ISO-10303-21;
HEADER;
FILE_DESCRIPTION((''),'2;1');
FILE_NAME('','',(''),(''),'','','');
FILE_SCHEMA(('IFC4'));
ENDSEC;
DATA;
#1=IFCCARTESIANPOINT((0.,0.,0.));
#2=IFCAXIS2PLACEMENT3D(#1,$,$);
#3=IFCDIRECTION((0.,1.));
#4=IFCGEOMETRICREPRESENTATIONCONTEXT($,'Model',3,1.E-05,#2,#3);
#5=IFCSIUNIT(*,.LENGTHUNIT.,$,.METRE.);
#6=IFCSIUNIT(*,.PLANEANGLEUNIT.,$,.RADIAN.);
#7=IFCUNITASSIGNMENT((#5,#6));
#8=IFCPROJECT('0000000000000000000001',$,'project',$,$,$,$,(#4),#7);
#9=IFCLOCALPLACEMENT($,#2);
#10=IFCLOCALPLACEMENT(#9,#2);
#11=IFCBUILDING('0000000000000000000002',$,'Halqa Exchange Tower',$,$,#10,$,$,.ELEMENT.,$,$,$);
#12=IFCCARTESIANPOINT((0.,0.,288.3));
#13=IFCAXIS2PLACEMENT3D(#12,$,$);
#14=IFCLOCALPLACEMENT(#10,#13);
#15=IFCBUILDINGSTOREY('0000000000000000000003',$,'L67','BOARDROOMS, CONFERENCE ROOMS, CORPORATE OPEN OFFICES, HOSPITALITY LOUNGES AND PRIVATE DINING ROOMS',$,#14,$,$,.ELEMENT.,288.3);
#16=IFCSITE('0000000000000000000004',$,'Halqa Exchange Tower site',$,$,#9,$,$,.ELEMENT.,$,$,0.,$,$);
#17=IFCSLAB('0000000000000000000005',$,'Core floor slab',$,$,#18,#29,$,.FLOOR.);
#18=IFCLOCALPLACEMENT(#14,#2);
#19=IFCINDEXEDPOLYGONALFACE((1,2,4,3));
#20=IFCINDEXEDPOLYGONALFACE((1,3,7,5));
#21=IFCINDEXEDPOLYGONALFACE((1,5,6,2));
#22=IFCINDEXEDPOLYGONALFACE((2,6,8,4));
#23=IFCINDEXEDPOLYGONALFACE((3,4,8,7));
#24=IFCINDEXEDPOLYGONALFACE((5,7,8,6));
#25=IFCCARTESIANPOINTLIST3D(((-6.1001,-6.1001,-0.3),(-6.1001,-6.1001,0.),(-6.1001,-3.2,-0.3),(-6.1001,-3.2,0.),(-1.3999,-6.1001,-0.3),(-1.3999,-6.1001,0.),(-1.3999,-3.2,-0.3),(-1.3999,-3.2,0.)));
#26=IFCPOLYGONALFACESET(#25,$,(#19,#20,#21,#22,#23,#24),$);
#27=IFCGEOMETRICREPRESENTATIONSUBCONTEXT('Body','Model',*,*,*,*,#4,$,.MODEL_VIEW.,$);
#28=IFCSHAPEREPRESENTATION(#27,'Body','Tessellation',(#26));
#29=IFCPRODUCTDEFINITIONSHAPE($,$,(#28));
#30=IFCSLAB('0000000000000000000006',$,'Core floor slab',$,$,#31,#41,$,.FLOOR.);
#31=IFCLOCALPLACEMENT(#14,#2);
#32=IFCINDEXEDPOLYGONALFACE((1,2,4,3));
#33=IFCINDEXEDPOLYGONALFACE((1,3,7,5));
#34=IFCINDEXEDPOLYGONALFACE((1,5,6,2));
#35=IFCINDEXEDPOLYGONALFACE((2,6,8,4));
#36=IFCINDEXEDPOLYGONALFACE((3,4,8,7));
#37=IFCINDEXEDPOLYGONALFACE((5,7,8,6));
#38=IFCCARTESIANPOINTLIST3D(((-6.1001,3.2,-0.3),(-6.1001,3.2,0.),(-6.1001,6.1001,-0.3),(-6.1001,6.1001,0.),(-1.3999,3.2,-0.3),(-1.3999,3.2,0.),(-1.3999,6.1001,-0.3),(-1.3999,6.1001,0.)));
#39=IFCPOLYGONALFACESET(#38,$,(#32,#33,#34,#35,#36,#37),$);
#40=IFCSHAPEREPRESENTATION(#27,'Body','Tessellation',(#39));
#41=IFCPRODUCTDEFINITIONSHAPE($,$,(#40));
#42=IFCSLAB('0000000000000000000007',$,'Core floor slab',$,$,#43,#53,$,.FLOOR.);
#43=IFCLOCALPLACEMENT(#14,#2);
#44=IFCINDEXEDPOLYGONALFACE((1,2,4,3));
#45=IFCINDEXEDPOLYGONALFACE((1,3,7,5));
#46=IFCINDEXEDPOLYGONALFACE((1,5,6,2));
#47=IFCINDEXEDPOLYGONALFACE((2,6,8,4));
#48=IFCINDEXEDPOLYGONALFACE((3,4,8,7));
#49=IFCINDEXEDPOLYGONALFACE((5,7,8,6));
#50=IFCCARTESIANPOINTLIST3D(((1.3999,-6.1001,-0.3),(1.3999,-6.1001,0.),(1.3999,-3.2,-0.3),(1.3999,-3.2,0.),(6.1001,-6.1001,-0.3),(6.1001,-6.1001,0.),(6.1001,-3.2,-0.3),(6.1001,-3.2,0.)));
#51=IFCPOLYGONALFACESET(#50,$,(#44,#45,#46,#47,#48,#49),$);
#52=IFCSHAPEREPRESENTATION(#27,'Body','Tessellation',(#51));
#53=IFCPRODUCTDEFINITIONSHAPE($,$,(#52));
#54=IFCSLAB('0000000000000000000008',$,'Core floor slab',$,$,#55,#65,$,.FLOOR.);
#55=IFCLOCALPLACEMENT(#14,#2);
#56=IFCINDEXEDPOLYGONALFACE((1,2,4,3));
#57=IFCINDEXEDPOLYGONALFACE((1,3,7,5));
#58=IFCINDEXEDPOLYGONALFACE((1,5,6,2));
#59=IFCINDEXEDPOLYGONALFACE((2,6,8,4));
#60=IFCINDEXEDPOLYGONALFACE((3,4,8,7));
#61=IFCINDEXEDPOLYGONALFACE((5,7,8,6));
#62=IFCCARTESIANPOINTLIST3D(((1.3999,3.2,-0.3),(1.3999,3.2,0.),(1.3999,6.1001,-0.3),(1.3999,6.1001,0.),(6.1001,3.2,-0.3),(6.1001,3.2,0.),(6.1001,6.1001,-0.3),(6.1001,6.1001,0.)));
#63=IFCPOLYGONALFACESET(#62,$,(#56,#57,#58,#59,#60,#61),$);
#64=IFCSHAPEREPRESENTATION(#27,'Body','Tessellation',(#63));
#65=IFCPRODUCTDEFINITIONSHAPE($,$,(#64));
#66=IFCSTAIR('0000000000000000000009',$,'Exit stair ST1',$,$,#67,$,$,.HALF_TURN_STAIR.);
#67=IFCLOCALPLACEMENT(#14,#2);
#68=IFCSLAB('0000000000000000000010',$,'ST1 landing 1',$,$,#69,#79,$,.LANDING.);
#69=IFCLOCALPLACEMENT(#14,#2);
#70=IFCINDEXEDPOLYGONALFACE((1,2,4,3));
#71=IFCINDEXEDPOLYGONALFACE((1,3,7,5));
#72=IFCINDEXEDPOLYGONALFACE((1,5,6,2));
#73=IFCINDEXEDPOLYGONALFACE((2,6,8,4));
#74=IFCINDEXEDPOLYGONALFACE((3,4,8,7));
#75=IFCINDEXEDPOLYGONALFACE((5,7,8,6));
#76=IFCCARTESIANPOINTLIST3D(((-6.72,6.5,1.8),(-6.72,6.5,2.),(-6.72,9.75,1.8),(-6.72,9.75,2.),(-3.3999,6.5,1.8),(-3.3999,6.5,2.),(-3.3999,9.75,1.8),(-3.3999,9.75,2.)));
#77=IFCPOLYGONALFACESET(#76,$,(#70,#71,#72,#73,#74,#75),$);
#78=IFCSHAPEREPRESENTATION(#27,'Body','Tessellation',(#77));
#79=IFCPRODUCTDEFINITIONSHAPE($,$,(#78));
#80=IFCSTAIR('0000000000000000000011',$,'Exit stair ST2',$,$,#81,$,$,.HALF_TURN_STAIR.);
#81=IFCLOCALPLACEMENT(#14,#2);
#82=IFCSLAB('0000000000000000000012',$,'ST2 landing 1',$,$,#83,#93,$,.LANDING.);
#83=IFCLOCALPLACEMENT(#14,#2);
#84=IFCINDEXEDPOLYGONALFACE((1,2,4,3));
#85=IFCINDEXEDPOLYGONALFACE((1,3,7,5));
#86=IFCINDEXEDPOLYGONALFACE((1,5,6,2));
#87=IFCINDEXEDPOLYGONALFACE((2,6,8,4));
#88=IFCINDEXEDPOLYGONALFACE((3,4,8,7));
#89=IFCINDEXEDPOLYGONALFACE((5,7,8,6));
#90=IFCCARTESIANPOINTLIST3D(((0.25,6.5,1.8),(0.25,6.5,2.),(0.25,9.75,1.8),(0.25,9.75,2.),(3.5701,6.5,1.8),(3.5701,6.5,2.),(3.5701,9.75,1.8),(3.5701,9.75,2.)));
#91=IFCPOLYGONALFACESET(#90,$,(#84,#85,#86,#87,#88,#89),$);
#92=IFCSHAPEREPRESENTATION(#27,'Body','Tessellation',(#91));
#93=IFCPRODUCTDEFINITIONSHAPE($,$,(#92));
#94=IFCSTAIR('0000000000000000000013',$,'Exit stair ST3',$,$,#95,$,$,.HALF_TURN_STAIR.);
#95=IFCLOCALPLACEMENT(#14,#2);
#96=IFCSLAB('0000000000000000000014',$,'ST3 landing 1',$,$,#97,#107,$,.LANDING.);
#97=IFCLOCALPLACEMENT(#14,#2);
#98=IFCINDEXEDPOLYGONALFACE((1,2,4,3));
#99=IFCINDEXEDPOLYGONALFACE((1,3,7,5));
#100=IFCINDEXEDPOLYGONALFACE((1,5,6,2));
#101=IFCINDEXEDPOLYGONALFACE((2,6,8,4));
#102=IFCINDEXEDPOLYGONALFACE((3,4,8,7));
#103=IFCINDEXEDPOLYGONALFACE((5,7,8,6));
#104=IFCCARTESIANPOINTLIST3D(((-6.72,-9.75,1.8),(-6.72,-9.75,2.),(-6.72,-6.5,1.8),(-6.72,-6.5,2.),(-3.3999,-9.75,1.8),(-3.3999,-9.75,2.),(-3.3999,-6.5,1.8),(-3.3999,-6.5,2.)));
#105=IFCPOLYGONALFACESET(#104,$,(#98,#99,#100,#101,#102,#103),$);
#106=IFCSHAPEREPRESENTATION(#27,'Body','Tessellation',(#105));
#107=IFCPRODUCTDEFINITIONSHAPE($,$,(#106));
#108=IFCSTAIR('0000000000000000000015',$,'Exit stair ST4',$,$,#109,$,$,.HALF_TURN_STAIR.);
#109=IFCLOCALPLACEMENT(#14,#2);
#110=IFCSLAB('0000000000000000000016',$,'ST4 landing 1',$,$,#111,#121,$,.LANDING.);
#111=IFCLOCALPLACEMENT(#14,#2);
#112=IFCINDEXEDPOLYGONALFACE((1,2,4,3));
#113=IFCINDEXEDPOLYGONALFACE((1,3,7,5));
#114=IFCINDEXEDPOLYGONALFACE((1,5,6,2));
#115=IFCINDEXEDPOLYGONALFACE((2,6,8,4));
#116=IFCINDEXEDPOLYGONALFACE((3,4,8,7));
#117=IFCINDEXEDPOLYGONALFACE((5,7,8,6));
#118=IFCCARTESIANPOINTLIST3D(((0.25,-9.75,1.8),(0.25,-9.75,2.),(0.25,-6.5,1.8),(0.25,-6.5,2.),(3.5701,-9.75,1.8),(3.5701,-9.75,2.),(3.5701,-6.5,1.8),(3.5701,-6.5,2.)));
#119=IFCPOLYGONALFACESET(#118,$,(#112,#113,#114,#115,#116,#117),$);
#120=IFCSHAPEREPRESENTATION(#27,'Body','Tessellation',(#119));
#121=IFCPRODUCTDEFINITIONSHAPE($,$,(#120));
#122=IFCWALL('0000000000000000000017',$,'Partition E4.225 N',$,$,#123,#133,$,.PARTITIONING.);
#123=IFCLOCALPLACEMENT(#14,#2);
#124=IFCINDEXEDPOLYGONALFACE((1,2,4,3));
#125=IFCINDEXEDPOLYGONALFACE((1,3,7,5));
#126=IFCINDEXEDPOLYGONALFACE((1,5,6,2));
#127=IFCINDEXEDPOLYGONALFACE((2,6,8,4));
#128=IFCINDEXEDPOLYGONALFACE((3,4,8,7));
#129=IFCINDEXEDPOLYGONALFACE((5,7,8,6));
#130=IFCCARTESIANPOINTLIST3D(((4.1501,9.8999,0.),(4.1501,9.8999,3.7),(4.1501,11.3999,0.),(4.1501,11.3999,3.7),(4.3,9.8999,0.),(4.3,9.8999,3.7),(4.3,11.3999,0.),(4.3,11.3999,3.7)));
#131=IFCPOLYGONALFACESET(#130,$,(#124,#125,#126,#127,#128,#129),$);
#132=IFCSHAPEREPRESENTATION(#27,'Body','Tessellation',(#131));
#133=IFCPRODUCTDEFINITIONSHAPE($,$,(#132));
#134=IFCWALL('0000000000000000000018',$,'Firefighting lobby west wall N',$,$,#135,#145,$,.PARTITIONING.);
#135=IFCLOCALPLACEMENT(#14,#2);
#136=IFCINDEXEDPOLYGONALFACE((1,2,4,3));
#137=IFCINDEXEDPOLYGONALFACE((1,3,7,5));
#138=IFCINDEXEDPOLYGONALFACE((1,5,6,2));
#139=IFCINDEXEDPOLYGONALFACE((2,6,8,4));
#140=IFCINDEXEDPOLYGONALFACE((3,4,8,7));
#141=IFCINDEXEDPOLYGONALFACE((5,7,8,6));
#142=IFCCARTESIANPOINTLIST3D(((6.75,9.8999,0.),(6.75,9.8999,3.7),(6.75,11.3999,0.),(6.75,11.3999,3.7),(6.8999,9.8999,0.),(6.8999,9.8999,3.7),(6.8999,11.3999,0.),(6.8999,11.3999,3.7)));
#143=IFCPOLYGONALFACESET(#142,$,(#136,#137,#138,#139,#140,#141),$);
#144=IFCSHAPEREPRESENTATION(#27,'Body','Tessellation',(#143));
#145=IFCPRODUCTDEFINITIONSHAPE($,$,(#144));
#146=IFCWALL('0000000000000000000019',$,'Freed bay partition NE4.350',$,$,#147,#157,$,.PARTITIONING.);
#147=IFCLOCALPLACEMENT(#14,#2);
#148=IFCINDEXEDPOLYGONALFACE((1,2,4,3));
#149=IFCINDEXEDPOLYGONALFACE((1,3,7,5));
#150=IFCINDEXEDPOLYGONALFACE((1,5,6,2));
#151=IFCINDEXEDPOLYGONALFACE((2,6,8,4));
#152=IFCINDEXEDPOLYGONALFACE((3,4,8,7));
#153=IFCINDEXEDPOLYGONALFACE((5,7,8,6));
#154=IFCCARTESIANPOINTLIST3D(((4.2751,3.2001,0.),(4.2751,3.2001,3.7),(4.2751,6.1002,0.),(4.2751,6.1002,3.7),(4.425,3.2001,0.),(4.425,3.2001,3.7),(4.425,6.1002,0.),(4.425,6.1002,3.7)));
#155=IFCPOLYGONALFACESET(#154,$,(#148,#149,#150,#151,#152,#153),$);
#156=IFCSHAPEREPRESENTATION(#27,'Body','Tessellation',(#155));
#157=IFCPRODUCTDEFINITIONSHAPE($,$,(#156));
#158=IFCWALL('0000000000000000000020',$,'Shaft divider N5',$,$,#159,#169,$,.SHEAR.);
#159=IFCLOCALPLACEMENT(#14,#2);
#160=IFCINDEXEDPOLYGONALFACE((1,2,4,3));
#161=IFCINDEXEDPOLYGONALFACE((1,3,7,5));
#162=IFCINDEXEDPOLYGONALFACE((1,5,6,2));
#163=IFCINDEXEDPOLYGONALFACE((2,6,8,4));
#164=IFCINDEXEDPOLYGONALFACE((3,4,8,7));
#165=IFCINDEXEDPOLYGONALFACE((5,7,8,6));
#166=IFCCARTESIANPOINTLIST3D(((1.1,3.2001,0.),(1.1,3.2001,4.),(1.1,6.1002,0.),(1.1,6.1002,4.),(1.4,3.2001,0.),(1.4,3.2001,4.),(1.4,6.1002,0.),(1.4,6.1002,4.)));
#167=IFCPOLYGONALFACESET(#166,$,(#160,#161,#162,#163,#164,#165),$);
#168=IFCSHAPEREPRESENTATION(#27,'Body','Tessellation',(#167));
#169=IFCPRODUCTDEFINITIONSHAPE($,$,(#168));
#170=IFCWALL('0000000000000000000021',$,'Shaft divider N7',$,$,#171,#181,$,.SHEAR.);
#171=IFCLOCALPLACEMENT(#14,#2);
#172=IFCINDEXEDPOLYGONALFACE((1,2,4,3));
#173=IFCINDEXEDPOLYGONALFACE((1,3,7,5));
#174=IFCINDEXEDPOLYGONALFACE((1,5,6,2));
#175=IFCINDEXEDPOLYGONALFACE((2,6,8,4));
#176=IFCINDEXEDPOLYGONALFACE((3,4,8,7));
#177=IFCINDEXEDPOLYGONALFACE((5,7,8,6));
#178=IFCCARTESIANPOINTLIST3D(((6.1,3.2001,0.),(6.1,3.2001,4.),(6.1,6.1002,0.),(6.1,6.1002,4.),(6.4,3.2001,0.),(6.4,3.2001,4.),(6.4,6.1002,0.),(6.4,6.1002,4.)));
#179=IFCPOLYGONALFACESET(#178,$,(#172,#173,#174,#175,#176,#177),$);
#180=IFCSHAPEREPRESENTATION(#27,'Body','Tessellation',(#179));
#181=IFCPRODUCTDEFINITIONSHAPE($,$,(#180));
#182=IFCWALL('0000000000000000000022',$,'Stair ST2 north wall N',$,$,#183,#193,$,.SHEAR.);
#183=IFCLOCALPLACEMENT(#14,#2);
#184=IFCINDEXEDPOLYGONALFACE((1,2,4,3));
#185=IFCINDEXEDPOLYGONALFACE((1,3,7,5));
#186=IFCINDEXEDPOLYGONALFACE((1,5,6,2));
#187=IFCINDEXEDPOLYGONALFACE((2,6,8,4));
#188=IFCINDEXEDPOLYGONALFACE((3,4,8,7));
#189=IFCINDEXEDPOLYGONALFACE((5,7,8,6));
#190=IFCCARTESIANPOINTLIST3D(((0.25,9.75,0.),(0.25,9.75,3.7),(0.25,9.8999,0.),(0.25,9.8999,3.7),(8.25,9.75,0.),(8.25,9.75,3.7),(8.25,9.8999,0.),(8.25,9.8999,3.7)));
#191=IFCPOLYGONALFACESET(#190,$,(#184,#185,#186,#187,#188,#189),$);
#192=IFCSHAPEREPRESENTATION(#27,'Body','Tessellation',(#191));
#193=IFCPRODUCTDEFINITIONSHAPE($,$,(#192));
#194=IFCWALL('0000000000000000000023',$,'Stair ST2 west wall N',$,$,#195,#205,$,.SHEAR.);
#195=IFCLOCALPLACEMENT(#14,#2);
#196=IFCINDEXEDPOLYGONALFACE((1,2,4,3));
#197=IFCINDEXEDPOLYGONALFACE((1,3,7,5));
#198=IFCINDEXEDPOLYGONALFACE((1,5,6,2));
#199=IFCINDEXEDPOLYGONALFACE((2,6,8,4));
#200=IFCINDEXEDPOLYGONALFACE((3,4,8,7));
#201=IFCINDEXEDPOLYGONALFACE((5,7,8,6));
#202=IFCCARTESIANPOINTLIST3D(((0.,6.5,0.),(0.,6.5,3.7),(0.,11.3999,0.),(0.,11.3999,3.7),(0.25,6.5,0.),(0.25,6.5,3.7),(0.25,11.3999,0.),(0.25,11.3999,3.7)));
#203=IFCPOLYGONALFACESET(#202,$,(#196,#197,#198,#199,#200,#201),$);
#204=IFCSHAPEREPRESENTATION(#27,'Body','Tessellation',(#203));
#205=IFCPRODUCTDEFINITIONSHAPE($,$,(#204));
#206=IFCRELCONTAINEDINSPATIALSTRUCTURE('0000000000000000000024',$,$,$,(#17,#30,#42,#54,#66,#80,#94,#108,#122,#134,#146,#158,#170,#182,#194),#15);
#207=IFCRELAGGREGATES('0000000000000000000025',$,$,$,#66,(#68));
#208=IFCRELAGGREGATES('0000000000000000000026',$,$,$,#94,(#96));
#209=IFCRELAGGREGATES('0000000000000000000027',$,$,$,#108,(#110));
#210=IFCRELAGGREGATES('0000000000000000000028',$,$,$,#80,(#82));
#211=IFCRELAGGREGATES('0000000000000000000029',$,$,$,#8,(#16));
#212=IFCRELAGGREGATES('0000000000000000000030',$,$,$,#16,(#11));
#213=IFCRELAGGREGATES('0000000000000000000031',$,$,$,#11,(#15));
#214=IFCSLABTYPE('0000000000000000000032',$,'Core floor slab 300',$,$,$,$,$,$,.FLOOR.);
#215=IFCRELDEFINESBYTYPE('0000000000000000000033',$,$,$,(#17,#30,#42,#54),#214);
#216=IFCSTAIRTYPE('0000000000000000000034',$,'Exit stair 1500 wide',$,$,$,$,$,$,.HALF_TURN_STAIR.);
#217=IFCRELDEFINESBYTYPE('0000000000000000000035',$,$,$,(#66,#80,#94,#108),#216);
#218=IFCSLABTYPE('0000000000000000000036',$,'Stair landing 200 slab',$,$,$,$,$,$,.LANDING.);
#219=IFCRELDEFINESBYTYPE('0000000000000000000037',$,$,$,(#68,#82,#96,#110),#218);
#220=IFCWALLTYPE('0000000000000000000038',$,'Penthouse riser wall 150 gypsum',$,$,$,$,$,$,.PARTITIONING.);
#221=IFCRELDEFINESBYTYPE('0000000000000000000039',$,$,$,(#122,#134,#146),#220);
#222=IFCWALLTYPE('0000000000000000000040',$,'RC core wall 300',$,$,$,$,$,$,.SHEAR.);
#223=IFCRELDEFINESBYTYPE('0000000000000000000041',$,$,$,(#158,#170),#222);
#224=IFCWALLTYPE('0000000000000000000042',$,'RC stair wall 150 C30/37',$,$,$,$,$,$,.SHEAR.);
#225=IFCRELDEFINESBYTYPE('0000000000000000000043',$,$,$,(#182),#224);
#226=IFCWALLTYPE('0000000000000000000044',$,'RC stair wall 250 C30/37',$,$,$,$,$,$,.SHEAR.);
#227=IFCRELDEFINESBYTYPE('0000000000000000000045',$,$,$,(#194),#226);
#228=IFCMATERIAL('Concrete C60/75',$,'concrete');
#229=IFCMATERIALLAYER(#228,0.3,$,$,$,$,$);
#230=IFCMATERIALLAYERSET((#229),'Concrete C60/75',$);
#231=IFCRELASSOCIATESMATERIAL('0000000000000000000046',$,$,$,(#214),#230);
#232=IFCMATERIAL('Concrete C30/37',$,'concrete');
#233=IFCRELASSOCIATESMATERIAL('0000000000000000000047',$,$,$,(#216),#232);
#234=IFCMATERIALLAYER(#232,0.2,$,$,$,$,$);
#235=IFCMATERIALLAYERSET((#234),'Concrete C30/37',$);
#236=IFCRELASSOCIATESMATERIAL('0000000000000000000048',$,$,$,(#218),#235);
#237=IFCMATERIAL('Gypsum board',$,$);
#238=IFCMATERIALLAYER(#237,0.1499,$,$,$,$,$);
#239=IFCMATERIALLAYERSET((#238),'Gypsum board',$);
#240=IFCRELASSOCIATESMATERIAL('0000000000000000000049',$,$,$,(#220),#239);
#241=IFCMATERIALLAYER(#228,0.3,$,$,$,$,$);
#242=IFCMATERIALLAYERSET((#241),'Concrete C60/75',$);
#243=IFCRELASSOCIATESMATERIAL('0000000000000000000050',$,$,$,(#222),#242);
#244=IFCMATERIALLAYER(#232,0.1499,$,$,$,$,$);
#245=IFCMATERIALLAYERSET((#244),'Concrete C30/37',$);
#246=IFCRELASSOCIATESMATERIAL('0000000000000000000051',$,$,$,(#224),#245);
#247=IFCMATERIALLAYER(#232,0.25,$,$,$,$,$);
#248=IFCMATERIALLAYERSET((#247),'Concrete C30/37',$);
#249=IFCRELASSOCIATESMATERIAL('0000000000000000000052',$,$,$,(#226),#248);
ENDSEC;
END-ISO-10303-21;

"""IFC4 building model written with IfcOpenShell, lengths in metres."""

from ifc_helpers import new_model, si_unit, direction, frame, frame_2d, origin, place, context, subcontext, project, spatial, polyline, rectangle, outline, extrude, material, layer, layer_set, type_object, element, aggregate, save


model = new_model("IFC4")

# Units and contexts
model_context = context("Model", 3, precision=1e-05, world=origin(), true_north=direction((0.0, 1.0)))
body_context = subcontext(model_context, "Body", "Model", "MODEL_VIEW")
ifc_project = project(units=[si_unit("LENGTHUNIT", "METRE"), si_unit("PLANEANGLEUNIT", "RADIAN")], contexts=[model_context])

# Site, building, storey
site_placement = place(None, origin())
site = spatial("IfcSite", under=ifc_project, at=site_placement, Name="Halqa Exchange Tower site", CompositionType="ELEMENT", RefElevation=0.0)
building_placement = place(site_placement, origin())
building = spatial("IfcBuilding", under=site, at=building_placement, Name="Halqa Exchange Tower", CompositionType="ELEMENT")
storey_placement = place(building_placement, frame((0.0, 0.0, 288.3)))
storey = spatial("IfcBuildingStorey", under=building, at=storey_placement, Name="L67", Description="BOARDROOMS, CONFERENCE ROOMS, CORPORATE OPEN OFFICES, HOSPITALITY LOUNGES AND PRIVATE DINING ROOMS", CompositionType="ELEMENT", Elevation=288.3)

# Shared definitions
ifc_material_1 = material(Name="Concrete C60/75", Category="concrete")

# Slabs
ifc_layer_1 = layer(ifc_material_1, 0.3)
ifc_layer_set_1 = layer_set([ifc_layer_1], Name="Concrete C60/75")
slab_type_1 = type_object("IfcSlabType", Name="Core floor slab 300", PredefinedType="FLOOR", material=ifc_layer_set_1)
slab_1_placement = place(storey_placement, frame((0.0, 0.0, -0.3)))
element("IfcSlab", 1, at=slab_1_placement, inside=storey, type_object=slab_type_1, Name="Core floor slab", PredefinedType="FLOOR", context=body_context, shape_type="SweptSolid", body=[
    extrude(outline(polyline([(-1.3999, -3.2), (-1.3999, -6.1001), (-6.1001, -6.1001), (-6.1001, -3.2), (-1.3999, -3.2)])), origin(), (0.0, 0.0, 1.0), 0.3),
])
slab_2_placement = place(storey_placement, frame((0.0, 0.0, -0.3)))
element("IfcSlab", 2, at=slab_2_placement, inside=storey, type_object=slab_type_1, Name="Core floor slab", PredefinedType="FLOOR", context=body_context, shape_type="SweptSolid", body=[
    extrude(outline(polyline([(-1.3999, 3.2), (-6.1001, 3.2), (-6.1001, 6.1001), (-1.3999, 6.1001), (-1.3999, 3.2)])), origin(), (0.0, 0.0, 1.0), 0.3),
])
slab_3_placement = place(storey_placement, frame((0.0, 0.0, -0.3)))
element("IfcSlab", 3, at=slab_3_placement, inside=storey, type_object=slab_type_1, Name="Core floor slab", PredefinedType="FLOOR", context=body_context, shape_type="SweptSolid", body=[
    extrude(outline(polyline([(6.1001, -3.2), (6.1001, -6.1001), (1.3999, -6.1001), (1.3999, -3.2), (6.1001, -3.2)])), origin(), (0.0, 0.0, 1.0), 0.3),
])
slab_4_placement = place(storey_placement, frame((0.0, 0.0, -0.3)))
element("IfcSlab", 4, at=slab_4_placement, inside=storey, type_object=slab_type_1, Name="Core floor slab", PredefinedType="FLOOR", context=body_context, shape_type="SweptSolid", body=[
    extrude(outline(polyline([(6.1001, 6.1001), (6.1001, 3.2), (1.3999, 3.2), (1.3999, 6.1001), (6.1001, 6.1001)])), origin(), (0.0, 0.0, 1.0), 0.3),
])

# Stairs, slabs
ifc_material_2 = material(Name="Concrete C30/37", Category="concrete")
stair_type = type_object("IfcStairType", Name="Exit stair 1500 wide", PredefinedType="HALF_TURN_STAIR", material=ifc_material_2)
stair_1_placement = place(storey_placement, origin())
stair_1 = element("IfcStair", 5, at=stair_1_placement, inside=storey, type_object=stair_type, Name="Exit stair ST1", PredefinedType="HALF_TURN_STAIR")
ifc_layer_2 = layer(ifc_material_2, 0.2)
ifc_layer_set_2 = layer_set([ifc_layer_2], Name="Concrete C30/37")
slab_type_2 = type_object("IfcSlabType", Name="Stair landing 200 slab", PredefinedType="LANDING", material=ifc_layer_set_2)
slab_5_placement = place(storey_placement, frame((0.0, 0.0, 1.8)))
slab_5 = element("IfcSlab", 6, at=slab_5_placement, type_object=slab_type_2, Name="ST1 landing 1", PredefinedType="LANDING", context=body_context, shape_type="SweptSolid", body=[
    extrude(outline(polyline([(-6.72, 6.5), (-3.3999, 6.5), (-3.3999, 9.75), (-6.72, 9.75), (-6.72, 6.5)])), origin(), (0.0, 0.0, 1.0), 0.2),
])
aggregate(stair_1, [slab_5])
stair_2_placement = place(storey_placement, origin())
stair_2 = element("IfcStair", 7, at=stair_2_placement, inside=storey, type_object=stair_type, Name="Exit stair ST2", PredefinedType="HALF_TURN_STAIR")
slab_6_placement = place(storey_placement, frame((0.0, 0.0, 1.8)))
slab_6 = element("IfcSlab", 8, at=slab_6_placement, type_object=slab_type_2, Name="ST2 landing 1", PredefinedType="LANDING", context=body_context, shape_type="SweptSolid", body=[
    extrude(outline(polyline([(0.25, 6.5), (3.5701, 6.5), (3.5701, 9.75), (0.25, 9.75), (0.25, 6.5)])), origin(), (0.0, 0.0, 1.0), 0.2),
])
stair_3_placement = place(storey_placement, origin())
stair_3 = element("IfcStair", 9, at=stair_3_placement, inside=storey, type_object=stair_type, Name="Exit stair ST3", PredefinedType="HALF_TURN_STAIR")
slab_7_placement = place(storey_placement, frame((0.0, 0.0, 1.8)))
slab_7 = element("IfcSlab", 10, at=slab_7_placement, type_object=slab_type_2, Name="ST3 landing 1", PredefinedType="LANDING", context=body_context, shape_type="SweptSolid", body=[
    extrude(outline(polyline([(-6.72, -9.75), (-3.3999, -9.75), (-3.3999, -6.5), (-6.72, -6.5), (-6.72, -9.75)])), origin(), (0.0, 0.0, 1.0), 0.2),
])
aggregate(stair_3, [slab_7])
stair_4_placement = place(storey_placement, origin())
stair_4 = element("IfcStair", 11, at=stair_4_placement, inside=storey, type_object=stair_type, Name="Exit stair ST4", PredefinedType="HALF_TURN_STAIR")
slab_8_placement = place(storey_placement, frame((0.0, 0.0, 1.8)))
slab_8 = element("IfcSlab", 12, at=slab_8_placement, type_object=slab_type_2, Name="ST4 landing 1", PredefinedType="LANDING", context=body_context, shape_type="SweptSolid", body=[
    extrude(outline(polyline([(0.25, -9.75), (3.5701, -9.75), (3.5701, -6.5), (0.25, -6.5), (0.25, -9.75)])), origin(), (0.0, 0.0, 1.0), 0.2),
])
aggregate(stair_4, [slab_8])

# Walls
ifc_material_3 = material(Name="Gypsum board")
ifc_layer_3 = layer(ifc_material_3, 0.1499)
ifc_layer_set_3 = layer_set([ifc_layer_3], Name="Gypsum board")
wall_type_1 = type_object("IfcWallType", Name="Penthouse riser wall 150 gypsum", PredefinedType="PARTITIONING", material=ifc_layer_set_3)
for number, where, z_axis, x_axis, name in (
    (13, (4.2251, 9.8999, 0.0), (0.0, 0.0, 1.0), (0.0, 1.0, 0.0), "Partition E4.225 N"),
    (14, (6.825, 9.8999, 0.0), (0.0, 0.0, 1.0), (0.0, 1.0, 0.0), "Firefighting lobby west wall N"),
):
    element("IfcWall", number, at=place(storey_placement, frame(where, z_axis=z_axis, x_axis=x_axis)), inside=storey, type_object=wall_type_1, Name=name, PredefinedType="PARTITIONING", context=body_context, shape_type="SweptSolid", body=[
        extrude(rectangle(XDim=1.5, YDim=0.1499, at=frame_2d((0.75, 0.0))), origin(), (0.0, 0.0, 1.0), 3.7),
    ])
wall_1_placement = place(storey_placement, frame((4.3501, 3.2, 0.0), z_axis=(0.0, 0.0, 1.0), x_axis=(0.0, 1.0, 0.0)))
element("IfcWall", 15, at=wall_1_placement, inside=storey, type_object=wall_type_1, Name="Freed bay partition NE4.350", PredefinedType="PARTITIONING", context=body_context, shape_type="SweptSolid", body=[
    extrude(rectangle(XDim=2.9001, YDim=0.1499, at=frame_2d((1.4502, 0.0))), origin(), (0.0, 0.0, 1.0), 3.7),
])
ifc_layer_4 = layer(ifc_material_1, 0.3)
ifc_layer_set_4 = layer_set([ifc_layer_4], Name="Concrete C60/75")
wall_type_2 = type_object("IfcWallType", Name="RC core wall 300", PredefinedType="SHEAR", material=ifc_layer_set_4)
for number, where, z_axis, x_axis, name in (
    (16, (1.25, 3.2, 0.0), (0.0, 0.0, 1.0), (0.0, 1.0, 0.0), "Shaft divider N5"),
    (17, (6.25, 3.2, 0.0), (0.0, 0.0, 1.0), (0.0, 1.0, 0.0), "Shaft divider N7"),
):
    element("IfcWall", number, at=place(storey_placement, frame(where, z_axis=z_axis, x_axis=x_axis)), inside=storey, type_object=wall_type_2, Name=name, PredefinedType="SHEAR", context=body_context, shape_type="SweptSolid", body=[
        extrude(rectangle(XDim=2.9001, YDim=0.3, at=frame_2d((1.4502, 0.0))), origin(), (0.0, 0.0, 1.0), 4.0),
    ])
ifc_layer_5 = layer(ifc_material_2, 0.1499)
ifc_layer_set_5 = layer_set([ifc_layer_5], Name="Concrete C30/37")
wall_type_3 = type_object("IfcWallType", Name="RC stair wall 150 C30/37", PredefinedType="SHEAR", material=ifc_layer_set_5)
wall_2_placement = place(storey_placement, frame((0.25, 9.825, 0.0), z_axis=(0.0, 0.0, 1.0), x_axis=(1.0, 0.0, 0.0)))
element("IfcWall", 18, at=wall_2_placement, inside=storey, type_object=wall_type_3, Name="Stair ST2 north wall N", PredefinedType="SHEAR", context=body_context, shape_type="SweptSolid", body=[
    extrude(rectangle(XDim=8.0, YDim=0.1499, at=frame_2d((4.0, 0.0))), origin(), (0.0, 0.0, 1.0), 3.7),
])
ifc_layer_6 = layer(ifc_material_2, 0.25)
ifc_layer_set_6 = layer_set([ifc_layer_6], Name="Concrete C30/37")
wall_type_4 = type_object("IfcWallType", Name="RC stair wall 250 C30/37", PredefinedType="SHEAR", material=ifc_layer_set_6)
wall_3_placement = place(storey_placement, frame((0.125, 6.5, 0.0), z_axis=(0.0, 0.0, 1.0), x_axis=(0.0, 1.0, 0.0)))
element("IfcWall", 19, at=wall_3_placement, inside=storey, type_object=wall_type_4, Name="Stair ST2 west wall N", PredefinedType="SHEAR", context=body_context, shape_type="SweptSolid", body=[
    extrude(rectangle(XDim=4.8999, YDim=0.25, at=frame_2d((2.45, 0.0))), origin(), (0.0, 0.0, 1.0), 3.7),
])

aggregate(stair_2, [slab_6])

save(model, "model.ifc")
